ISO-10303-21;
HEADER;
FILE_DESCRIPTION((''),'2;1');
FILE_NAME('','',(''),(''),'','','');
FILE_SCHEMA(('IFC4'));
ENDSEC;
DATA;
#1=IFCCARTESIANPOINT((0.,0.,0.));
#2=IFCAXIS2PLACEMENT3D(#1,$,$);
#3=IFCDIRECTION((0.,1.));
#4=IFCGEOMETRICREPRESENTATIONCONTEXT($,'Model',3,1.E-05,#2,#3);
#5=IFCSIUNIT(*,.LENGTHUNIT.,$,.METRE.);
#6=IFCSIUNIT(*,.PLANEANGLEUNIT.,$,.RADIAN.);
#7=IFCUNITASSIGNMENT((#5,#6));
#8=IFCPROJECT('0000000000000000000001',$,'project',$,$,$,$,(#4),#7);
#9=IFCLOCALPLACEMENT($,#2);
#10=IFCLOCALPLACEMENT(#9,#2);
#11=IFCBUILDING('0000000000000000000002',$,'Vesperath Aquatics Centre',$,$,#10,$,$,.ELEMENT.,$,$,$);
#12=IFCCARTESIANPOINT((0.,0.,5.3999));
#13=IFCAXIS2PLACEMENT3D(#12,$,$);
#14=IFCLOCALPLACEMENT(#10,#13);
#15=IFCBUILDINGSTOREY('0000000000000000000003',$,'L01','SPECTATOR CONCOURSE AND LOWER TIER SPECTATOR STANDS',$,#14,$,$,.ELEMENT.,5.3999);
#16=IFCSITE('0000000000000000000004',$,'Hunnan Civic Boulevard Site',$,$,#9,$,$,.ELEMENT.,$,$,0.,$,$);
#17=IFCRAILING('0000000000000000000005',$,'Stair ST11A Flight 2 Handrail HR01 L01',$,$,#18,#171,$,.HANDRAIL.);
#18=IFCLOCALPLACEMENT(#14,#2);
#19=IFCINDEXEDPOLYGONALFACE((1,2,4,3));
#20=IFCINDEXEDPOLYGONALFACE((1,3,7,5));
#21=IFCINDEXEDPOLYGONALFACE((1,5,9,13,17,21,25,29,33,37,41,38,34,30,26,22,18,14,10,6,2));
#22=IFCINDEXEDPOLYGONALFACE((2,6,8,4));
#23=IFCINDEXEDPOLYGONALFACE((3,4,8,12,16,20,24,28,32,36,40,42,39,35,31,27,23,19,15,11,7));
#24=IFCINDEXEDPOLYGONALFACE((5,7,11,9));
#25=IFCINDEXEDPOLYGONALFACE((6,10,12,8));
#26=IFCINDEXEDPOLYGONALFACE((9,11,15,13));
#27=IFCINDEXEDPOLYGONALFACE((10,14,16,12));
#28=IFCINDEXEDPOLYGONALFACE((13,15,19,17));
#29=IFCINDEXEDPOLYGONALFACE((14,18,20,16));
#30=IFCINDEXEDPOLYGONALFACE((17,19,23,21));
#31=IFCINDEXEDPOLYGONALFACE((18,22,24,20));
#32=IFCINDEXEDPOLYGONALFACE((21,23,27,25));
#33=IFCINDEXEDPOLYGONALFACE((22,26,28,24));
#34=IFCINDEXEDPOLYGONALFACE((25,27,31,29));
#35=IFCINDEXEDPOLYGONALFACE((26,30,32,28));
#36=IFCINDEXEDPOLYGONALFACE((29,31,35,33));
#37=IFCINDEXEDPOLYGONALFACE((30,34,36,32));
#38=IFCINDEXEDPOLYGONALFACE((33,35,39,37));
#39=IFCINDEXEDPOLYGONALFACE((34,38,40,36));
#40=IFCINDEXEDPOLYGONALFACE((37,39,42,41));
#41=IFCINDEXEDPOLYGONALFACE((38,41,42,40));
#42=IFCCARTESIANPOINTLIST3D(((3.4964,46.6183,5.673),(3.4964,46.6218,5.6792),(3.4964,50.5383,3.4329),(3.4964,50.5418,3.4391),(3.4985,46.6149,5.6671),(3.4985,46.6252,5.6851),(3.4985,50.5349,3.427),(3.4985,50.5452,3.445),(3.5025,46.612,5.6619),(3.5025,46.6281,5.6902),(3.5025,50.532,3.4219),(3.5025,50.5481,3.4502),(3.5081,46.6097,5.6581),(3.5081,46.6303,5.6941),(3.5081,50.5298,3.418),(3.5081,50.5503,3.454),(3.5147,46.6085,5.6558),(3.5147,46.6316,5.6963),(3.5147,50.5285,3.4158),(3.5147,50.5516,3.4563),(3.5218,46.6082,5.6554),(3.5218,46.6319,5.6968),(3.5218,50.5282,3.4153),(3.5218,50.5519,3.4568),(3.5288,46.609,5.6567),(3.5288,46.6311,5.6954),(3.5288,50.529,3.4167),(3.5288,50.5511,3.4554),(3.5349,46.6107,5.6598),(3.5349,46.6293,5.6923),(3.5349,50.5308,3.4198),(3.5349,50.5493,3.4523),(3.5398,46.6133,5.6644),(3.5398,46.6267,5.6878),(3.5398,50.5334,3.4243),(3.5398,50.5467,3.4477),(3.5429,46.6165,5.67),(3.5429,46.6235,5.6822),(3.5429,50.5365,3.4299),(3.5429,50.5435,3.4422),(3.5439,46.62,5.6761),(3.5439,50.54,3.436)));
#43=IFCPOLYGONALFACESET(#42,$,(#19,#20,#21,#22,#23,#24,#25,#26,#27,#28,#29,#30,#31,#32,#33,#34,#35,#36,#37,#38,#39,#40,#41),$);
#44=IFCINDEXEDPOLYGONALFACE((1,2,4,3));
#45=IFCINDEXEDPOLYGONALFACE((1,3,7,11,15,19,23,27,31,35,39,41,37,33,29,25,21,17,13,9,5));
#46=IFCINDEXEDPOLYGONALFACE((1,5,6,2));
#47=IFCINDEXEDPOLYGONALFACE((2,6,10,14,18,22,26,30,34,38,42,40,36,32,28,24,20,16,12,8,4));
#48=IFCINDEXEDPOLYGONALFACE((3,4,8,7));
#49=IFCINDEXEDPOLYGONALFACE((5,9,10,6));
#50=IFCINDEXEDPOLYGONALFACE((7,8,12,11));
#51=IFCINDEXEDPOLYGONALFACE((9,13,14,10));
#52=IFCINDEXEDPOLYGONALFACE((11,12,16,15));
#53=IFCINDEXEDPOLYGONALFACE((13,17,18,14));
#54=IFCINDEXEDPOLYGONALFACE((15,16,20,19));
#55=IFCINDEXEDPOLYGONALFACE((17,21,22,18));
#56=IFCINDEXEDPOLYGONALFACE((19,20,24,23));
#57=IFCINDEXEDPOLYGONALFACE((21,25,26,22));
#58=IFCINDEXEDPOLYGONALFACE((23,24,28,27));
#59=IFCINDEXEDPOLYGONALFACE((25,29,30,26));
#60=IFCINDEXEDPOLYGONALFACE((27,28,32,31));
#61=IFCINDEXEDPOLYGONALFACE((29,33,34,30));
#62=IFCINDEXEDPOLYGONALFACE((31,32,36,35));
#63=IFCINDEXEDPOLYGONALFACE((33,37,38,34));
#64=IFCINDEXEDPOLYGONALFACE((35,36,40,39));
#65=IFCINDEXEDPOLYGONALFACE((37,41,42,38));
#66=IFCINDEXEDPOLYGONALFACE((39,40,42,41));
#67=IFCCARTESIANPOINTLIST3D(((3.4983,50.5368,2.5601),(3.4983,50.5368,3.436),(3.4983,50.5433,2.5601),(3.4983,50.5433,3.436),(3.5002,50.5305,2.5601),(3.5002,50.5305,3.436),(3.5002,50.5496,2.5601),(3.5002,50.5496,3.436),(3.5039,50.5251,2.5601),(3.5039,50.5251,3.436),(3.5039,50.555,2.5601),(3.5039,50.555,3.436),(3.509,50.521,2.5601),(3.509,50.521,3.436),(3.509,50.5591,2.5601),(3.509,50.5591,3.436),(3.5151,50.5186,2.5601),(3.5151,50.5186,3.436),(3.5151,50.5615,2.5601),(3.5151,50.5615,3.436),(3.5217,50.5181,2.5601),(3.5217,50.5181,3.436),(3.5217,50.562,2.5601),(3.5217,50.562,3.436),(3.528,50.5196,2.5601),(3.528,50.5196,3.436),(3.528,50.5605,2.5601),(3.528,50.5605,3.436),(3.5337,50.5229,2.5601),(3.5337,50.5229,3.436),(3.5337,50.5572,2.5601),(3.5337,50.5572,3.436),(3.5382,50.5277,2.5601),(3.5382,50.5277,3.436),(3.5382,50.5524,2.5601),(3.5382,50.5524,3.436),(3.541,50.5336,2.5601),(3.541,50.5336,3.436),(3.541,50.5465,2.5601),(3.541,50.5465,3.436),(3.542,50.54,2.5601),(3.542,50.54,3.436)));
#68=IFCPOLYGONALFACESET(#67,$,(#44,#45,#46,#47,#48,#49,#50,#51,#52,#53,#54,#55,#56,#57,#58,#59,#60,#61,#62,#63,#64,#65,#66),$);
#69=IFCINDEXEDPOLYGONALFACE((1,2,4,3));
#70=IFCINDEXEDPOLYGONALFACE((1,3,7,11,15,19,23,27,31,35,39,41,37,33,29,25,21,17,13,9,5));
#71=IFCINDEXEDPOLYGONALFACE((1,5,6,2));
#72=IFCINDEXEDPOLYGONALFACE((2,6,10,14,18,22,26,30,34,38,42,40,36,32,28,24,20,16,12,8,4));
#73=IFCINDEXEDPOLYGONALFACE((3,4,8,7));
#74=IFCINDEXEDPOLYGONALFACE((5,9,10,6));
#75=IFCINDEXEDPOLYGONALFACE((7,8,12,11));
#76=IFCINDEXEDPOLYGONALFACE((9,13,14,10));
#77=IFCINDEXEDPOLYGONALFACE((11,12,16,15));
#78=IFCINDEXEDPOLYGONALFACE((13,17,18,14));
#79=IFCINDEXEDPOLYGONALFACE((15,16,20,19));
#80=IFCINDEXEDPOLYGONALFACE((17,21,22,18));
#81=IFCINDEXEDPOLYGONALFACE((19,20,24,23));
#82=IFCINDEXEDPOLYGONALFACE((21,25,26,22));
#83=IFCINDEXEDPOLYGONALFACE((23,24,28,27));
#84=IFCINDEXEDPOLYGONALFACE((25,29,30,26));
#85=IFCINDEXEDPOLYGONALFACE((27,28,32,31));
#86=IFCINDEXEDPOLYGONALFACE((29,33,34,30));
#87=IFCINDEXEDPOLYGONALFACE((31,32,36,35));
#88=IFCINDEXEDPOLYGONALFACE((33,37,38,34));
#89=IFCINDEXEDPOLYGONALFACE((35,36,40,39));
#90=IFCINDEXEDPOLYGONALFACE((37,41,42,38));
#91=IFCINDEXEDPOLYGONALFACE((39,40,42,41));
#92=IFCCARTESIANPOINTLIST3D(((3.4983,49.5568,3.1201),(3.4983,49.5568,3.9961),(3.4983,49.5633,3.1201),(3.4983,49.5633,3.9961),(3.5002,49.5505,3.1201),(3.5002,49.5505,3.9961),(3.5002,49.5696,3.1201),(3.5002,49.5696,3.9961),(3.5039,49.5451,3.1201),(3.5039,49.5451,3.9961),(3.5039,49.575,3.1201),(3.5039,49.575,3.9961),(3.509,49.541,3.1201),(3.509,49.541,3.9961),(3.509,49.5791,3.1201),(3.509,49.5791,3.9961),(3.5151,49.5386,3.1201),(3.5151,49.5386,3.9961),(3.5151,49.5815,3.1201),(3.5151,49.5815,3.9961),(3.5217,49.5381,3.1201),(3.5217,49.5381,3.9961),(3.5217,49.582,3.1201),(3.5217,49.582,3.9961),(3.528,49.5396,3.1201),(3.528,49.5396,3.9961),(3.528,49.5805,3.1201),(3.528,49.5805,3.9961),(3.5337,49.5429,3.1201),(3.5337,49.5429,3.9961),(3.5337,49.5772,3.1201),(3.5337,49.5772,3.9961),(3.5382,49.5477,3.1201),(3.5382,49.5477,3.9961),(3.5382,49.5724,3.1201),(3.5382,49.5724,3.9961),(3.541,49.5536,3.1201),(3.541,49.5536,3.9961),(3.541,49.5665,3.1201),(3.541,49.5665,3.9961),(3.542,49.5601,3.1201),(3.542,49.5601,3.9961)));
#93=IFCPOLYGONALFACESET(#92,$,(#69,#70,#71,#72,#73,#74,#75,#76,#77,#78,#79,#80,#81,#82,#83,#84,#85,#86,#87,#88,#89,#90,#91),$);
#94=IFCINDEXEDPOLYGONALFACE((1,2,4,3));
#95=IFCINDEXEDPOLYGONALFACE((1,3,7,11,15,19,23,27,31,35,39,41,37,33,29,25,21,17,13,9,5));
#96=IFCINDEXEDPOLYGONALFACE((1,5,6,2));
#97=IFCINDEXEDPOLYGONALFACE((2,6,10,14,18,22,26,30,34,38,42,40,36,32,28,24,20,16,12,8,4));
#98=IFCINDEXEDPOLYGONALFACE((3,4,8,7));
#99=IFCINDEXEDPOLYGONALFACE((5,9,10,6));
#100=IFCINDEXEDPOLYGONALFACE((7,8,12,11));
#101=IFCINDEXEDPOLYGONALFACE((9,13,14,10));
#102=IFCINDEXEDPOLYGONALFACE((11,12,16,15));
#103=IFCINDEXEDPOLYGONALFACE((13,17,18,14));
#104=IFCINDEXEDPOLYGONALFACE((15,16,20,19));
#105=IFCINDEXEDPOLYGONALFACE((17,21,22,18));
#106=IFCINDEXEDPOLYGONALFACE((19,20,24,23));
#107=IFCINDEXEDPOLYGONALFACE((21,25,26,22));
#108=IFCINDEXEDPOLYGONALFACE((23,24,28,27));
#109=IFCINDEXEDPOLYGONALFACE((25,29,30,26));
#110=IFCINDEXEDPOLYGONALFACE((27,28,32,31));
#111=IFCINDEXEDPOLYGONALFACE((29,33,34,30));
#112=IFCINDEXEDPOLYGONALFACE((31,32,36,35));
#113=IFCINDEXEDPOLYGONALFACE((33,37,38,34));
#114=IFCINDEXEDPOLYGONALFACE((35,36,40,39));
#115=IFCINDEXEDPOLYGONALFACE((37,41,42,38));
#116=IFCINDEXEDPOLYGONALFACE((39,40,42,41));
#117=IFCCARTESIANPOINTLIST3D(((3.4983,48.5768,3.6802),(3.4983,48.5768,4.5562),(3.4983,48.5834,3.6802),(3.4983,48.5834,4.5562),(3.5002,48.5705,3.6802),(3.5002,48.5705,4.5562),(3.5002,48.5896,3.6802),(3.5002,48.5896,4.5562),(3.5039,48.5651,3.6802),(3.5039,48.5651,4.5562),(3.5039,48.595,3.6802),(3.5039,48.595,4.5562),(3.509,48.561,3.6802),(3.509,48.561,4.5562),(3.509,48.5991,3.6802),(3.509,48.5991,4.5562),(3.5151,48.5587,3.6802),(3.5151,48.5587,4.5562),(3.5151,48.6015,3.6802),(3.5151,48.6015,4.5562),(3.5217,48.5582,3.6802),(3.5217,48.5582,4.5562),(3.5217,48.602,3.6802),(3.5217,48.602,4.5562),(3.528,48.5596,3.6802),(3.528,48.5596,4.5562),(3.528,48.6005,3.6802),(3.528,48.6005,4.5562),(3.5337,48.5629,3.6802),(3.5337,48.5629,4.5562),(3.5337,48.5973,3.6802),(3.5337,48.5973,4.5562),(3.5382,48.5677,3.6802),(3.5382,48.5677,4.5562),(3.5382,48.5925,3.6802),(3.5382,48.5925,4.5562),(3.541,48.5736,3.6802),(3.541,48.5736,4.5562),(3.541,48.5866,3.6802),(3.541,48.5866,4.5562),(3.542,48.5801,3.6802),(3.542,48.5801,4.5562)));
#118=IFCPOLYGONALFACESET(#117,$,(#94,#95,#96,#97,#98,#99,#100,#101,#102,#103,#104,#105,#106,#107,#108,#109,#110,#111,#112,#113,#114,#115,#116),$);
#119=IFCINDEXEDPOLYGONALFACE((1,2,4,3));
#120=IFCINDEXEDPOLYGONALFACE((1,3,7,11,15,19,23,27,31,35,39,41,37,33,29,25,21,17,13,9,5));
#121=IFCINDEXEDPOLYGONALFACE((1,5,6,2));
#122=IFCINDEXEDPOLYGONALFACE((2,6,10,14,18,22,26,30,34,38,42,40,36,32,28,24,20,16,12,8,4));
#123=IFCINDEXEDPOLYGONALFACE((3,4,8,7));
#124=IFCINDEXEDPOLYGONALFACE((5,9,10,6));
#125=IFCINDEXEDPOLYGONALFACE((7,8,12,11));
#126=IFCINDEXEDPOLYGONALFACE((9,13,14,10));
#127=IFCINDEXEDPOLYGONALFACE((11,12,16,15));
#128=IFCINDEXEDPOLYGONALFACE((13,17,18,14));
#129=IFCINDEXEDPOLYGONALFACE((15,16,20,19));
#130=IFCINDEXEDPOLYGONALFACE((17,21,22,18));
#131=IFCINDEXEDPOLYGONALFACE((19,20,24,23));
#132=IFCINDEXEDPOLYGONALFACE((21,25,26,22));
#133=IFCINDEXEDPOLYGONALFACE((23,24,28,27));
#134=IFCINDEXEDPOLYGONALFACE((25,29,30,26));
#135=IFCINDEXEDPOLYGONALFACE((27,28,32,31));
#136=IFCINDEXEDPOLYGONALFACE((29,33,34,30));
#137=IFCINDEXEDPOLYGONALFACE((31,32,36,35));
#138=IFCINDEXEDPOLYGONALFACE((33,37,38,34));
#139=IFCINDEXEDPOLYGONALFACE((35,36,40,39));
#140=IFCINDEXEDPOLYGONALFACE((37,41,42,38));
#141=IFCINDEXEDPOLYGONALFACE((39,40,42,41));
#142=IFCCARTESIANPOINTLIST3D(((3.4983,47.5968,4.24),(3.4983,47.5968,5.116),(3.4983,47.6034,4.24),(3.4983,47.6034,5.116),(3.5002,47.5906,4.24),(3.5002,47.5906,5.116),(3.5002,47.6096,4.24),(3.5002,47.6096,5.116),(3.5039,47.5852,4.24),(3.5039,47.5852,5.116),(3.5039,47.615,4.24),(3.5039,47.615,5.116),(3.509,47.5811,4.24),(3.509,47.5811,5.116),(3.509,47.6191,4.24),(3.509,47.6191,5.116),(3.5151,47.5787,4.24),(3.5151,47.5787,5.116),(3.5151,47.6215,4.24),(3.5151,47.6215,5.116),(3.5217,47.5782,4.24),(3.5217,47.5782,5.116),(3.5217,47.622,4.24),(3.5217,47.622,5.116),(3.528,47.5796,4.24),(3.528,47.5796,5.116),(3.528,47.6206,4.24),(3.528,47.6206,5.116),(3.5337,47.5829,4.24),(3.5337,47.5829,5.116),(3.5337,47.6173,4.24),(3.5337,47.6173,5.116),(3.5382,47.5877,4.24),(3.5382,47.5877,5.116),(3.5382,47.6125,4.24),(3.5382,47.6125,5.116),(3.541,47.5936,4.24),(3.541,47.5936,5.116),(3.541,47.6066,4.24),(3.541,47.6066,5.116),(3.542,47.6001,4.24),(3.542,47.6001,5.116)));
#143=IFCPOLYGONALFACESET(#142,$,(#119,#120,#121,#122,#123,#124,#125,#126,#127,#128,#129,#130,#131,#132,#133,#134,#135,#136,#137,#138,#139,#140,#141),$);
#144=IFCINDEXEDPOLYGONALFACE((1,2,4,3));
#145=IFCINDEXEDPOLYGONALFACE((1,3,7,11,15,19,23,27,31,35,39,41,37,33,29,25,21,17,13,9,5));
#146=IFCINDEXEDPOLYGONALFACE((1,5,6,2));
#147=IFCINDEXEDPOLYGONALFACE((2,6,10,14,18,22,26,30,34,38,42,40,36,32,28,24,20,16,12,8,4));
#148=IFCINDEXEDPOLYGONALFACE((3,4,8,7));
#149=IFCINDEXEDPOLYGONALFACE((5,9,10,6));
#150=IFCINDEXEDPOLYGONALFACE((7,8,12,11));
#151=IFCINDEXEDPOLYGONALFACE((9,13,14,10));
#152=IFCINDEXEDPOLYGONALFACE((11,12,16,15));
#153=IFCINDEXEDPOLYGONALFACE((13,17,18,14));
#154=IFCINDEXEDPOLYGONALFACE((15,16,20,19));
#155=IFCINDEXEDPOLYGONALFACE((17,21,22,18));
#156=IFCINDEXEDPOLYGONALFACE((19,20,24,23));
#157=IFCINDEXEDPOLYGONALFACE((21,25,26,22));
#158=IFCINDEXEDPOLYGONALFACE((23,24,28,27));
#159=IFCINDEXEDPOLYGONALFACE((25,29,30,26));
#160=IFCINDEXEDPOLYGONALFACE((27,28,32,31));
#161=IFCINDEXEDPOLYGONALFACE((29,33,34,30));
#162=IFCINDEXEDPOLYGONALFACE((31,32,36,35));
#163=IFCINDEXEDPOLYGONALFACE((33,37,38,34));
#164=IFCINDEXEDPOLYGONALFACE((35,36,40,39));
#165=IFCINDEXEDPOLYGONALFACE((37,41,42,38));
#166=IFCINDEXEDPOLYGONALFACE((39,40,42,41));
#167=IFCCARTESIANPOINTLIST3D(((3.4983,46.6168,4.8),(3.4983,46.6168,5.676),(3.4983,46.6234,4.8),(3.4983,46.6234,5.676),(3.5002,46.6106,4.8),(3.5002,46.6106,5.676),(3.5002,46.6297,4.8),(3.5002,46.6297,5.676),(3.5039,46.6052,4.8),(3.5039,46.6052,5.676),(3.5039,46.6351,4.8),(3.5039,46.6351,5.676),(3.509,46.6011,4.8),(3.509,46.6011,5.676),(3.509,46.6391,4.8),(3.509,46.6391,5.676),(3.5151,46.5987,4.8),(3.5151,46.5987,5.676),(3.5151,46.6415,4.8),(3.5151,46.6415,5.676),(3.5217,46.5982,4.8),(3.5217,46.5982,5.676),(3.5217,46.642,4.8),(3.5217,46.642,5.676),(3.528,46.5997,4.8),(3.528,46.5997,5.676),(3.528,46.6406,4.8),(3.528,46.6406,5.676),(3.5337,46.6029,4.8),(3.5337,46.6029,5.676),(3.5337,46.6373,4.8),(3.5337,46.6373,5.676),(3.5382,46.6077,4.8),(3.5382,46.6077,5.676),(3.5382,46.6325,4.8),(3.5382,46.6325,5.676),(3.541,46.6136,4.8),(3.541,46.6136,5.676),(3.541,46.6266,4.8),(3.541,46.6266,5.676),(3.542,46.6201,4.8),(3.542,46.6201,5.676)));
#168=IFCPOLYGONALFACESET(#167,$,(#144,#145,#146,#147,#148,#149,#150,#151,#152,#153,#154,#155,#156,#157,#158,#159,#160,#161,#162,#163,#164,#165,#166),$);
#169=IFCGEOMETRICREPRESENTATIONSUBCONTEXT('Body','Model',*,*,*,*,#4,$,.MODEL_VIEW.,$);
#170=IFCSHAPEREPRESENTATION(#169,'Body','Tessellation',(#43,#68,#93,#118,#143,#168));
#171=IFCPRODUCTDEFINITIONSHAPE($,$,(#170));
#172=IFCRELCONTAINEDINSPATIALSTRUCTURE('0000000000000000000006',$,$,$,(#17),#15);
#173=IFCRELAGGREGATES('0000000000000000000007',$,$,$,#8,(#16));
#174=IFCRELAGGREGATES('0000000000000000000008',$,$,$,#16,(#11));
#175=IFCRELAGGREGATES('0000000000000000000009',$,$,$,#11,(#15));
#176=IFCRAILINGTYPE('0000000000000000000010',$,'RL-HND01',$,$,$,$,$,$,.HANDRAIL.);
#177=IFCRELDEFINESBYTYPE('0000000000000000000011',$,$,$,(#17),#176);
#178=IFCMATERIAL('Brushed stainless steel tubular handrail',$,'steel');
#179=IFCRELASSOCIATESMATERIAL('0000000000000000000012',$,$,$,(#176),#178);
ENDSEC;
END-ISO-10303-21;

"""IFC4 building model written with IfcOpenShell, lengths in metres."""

from ifc_helpers import new_model, si_unit, direction, frame, origin, origin_2d, place, context, subcontext, project, spatial, circle, extrude, material, type_object, element, save


model = new_model("IFC4")

# Units and contexts
model_context = context("Model", 3, precision=1e-05, world=origin(), true_north=direction((0.0, 1.0)))
body_context = subcontext(model_context, "Body", "Model", "MODEL_VIEW")
ifc_project = project(units=[si_unit("LENGTHUNIT", "METRE"), si_unit("PLANEANGLEUNIT", "RADIAN")], contexts=[model_context])

# Site, building, storey
site_placement = place(None, origin())
site = spatial("IfcSite", under=ifc_project, at=site_placement, Name="Hunnan Civic Boulevard Site", CompositionType="ELEMENT", RefElevation=0.0)
building_placement = place(site_placement, origin())
building = spatial("IfcBuilding", under=site, at=building_placement, Name="Vesperath Aquatics Centre", CompositionType="ELEMENT")
storey_placement = place(building_placement, frame((0.0, 0.0, 5.3999)))
storey = spatial("IfcBuildingStorey", under=building, at=storey_placement, Name="L01", Description="SPECTATOR CONCOURSE AND LOWER TIER SPECTATOR STANDS", CompositionType="ELEMENT", Elevation=5.3999)

# Railing
ifc_material_1 = material(Name="Brushed stainless steel tubular handrail", Category="steel")
railing_type_1 = type_object("IfcRailingType", Name="RL-HND01", PredefinedType="HANDRAIL", material=ifc_material_1)
railing_1_placement = place(storey_placement, frame((3.52, 50.54, 2.5601)))
element("IfcRailing", 1, at=railing_1_placement, inside=storey, type_object=railing_type_1, Name="Stair ST11A Flight 2 Handrail HR01 L01", PredefinedType="HANDRAIL", context=body_context, shape_type="SweptSolid", body=[
    extrude(circle(Radius=0.0239, at=origin_2d()), frame((0.0, 0.0, 0.876), z_axis=(0.0, -0.86824, 0.496145), x_axis=(1.0, 0.0, 0.0)), (0.0, 0.0, 1.0), 4.5149),
    extrude(circle(Radius=0.022, at=origin_2d()), origin(), (0.0, 0.0, 1.0), 0.876),
    extrude(circle(Radius=0.022, at=origin_2d()), frame((0.0, -0.98, 0.5601)), (0.0, 0.0, 1.0), 0.876),
    extrude(circle(Radius=0.022, at=origin_2d()), frame((0.0, -1.96, 1.1201)), (0.0, 0.0, 1.0), 0.876),
    extrude(circle(Radius=0.022, at=origin_2d()), frame((0.0, -2.9399, 1.6799)), (0.0, 0.0, 1.0), 0.876),
    extrude(circle(Radius=0.022, at=origin_2d()), frame((0.0, -3.9199, 2.24)), (0.0, 0.0, 1.0), 0.876),
])

save(model, "model.ifc")
